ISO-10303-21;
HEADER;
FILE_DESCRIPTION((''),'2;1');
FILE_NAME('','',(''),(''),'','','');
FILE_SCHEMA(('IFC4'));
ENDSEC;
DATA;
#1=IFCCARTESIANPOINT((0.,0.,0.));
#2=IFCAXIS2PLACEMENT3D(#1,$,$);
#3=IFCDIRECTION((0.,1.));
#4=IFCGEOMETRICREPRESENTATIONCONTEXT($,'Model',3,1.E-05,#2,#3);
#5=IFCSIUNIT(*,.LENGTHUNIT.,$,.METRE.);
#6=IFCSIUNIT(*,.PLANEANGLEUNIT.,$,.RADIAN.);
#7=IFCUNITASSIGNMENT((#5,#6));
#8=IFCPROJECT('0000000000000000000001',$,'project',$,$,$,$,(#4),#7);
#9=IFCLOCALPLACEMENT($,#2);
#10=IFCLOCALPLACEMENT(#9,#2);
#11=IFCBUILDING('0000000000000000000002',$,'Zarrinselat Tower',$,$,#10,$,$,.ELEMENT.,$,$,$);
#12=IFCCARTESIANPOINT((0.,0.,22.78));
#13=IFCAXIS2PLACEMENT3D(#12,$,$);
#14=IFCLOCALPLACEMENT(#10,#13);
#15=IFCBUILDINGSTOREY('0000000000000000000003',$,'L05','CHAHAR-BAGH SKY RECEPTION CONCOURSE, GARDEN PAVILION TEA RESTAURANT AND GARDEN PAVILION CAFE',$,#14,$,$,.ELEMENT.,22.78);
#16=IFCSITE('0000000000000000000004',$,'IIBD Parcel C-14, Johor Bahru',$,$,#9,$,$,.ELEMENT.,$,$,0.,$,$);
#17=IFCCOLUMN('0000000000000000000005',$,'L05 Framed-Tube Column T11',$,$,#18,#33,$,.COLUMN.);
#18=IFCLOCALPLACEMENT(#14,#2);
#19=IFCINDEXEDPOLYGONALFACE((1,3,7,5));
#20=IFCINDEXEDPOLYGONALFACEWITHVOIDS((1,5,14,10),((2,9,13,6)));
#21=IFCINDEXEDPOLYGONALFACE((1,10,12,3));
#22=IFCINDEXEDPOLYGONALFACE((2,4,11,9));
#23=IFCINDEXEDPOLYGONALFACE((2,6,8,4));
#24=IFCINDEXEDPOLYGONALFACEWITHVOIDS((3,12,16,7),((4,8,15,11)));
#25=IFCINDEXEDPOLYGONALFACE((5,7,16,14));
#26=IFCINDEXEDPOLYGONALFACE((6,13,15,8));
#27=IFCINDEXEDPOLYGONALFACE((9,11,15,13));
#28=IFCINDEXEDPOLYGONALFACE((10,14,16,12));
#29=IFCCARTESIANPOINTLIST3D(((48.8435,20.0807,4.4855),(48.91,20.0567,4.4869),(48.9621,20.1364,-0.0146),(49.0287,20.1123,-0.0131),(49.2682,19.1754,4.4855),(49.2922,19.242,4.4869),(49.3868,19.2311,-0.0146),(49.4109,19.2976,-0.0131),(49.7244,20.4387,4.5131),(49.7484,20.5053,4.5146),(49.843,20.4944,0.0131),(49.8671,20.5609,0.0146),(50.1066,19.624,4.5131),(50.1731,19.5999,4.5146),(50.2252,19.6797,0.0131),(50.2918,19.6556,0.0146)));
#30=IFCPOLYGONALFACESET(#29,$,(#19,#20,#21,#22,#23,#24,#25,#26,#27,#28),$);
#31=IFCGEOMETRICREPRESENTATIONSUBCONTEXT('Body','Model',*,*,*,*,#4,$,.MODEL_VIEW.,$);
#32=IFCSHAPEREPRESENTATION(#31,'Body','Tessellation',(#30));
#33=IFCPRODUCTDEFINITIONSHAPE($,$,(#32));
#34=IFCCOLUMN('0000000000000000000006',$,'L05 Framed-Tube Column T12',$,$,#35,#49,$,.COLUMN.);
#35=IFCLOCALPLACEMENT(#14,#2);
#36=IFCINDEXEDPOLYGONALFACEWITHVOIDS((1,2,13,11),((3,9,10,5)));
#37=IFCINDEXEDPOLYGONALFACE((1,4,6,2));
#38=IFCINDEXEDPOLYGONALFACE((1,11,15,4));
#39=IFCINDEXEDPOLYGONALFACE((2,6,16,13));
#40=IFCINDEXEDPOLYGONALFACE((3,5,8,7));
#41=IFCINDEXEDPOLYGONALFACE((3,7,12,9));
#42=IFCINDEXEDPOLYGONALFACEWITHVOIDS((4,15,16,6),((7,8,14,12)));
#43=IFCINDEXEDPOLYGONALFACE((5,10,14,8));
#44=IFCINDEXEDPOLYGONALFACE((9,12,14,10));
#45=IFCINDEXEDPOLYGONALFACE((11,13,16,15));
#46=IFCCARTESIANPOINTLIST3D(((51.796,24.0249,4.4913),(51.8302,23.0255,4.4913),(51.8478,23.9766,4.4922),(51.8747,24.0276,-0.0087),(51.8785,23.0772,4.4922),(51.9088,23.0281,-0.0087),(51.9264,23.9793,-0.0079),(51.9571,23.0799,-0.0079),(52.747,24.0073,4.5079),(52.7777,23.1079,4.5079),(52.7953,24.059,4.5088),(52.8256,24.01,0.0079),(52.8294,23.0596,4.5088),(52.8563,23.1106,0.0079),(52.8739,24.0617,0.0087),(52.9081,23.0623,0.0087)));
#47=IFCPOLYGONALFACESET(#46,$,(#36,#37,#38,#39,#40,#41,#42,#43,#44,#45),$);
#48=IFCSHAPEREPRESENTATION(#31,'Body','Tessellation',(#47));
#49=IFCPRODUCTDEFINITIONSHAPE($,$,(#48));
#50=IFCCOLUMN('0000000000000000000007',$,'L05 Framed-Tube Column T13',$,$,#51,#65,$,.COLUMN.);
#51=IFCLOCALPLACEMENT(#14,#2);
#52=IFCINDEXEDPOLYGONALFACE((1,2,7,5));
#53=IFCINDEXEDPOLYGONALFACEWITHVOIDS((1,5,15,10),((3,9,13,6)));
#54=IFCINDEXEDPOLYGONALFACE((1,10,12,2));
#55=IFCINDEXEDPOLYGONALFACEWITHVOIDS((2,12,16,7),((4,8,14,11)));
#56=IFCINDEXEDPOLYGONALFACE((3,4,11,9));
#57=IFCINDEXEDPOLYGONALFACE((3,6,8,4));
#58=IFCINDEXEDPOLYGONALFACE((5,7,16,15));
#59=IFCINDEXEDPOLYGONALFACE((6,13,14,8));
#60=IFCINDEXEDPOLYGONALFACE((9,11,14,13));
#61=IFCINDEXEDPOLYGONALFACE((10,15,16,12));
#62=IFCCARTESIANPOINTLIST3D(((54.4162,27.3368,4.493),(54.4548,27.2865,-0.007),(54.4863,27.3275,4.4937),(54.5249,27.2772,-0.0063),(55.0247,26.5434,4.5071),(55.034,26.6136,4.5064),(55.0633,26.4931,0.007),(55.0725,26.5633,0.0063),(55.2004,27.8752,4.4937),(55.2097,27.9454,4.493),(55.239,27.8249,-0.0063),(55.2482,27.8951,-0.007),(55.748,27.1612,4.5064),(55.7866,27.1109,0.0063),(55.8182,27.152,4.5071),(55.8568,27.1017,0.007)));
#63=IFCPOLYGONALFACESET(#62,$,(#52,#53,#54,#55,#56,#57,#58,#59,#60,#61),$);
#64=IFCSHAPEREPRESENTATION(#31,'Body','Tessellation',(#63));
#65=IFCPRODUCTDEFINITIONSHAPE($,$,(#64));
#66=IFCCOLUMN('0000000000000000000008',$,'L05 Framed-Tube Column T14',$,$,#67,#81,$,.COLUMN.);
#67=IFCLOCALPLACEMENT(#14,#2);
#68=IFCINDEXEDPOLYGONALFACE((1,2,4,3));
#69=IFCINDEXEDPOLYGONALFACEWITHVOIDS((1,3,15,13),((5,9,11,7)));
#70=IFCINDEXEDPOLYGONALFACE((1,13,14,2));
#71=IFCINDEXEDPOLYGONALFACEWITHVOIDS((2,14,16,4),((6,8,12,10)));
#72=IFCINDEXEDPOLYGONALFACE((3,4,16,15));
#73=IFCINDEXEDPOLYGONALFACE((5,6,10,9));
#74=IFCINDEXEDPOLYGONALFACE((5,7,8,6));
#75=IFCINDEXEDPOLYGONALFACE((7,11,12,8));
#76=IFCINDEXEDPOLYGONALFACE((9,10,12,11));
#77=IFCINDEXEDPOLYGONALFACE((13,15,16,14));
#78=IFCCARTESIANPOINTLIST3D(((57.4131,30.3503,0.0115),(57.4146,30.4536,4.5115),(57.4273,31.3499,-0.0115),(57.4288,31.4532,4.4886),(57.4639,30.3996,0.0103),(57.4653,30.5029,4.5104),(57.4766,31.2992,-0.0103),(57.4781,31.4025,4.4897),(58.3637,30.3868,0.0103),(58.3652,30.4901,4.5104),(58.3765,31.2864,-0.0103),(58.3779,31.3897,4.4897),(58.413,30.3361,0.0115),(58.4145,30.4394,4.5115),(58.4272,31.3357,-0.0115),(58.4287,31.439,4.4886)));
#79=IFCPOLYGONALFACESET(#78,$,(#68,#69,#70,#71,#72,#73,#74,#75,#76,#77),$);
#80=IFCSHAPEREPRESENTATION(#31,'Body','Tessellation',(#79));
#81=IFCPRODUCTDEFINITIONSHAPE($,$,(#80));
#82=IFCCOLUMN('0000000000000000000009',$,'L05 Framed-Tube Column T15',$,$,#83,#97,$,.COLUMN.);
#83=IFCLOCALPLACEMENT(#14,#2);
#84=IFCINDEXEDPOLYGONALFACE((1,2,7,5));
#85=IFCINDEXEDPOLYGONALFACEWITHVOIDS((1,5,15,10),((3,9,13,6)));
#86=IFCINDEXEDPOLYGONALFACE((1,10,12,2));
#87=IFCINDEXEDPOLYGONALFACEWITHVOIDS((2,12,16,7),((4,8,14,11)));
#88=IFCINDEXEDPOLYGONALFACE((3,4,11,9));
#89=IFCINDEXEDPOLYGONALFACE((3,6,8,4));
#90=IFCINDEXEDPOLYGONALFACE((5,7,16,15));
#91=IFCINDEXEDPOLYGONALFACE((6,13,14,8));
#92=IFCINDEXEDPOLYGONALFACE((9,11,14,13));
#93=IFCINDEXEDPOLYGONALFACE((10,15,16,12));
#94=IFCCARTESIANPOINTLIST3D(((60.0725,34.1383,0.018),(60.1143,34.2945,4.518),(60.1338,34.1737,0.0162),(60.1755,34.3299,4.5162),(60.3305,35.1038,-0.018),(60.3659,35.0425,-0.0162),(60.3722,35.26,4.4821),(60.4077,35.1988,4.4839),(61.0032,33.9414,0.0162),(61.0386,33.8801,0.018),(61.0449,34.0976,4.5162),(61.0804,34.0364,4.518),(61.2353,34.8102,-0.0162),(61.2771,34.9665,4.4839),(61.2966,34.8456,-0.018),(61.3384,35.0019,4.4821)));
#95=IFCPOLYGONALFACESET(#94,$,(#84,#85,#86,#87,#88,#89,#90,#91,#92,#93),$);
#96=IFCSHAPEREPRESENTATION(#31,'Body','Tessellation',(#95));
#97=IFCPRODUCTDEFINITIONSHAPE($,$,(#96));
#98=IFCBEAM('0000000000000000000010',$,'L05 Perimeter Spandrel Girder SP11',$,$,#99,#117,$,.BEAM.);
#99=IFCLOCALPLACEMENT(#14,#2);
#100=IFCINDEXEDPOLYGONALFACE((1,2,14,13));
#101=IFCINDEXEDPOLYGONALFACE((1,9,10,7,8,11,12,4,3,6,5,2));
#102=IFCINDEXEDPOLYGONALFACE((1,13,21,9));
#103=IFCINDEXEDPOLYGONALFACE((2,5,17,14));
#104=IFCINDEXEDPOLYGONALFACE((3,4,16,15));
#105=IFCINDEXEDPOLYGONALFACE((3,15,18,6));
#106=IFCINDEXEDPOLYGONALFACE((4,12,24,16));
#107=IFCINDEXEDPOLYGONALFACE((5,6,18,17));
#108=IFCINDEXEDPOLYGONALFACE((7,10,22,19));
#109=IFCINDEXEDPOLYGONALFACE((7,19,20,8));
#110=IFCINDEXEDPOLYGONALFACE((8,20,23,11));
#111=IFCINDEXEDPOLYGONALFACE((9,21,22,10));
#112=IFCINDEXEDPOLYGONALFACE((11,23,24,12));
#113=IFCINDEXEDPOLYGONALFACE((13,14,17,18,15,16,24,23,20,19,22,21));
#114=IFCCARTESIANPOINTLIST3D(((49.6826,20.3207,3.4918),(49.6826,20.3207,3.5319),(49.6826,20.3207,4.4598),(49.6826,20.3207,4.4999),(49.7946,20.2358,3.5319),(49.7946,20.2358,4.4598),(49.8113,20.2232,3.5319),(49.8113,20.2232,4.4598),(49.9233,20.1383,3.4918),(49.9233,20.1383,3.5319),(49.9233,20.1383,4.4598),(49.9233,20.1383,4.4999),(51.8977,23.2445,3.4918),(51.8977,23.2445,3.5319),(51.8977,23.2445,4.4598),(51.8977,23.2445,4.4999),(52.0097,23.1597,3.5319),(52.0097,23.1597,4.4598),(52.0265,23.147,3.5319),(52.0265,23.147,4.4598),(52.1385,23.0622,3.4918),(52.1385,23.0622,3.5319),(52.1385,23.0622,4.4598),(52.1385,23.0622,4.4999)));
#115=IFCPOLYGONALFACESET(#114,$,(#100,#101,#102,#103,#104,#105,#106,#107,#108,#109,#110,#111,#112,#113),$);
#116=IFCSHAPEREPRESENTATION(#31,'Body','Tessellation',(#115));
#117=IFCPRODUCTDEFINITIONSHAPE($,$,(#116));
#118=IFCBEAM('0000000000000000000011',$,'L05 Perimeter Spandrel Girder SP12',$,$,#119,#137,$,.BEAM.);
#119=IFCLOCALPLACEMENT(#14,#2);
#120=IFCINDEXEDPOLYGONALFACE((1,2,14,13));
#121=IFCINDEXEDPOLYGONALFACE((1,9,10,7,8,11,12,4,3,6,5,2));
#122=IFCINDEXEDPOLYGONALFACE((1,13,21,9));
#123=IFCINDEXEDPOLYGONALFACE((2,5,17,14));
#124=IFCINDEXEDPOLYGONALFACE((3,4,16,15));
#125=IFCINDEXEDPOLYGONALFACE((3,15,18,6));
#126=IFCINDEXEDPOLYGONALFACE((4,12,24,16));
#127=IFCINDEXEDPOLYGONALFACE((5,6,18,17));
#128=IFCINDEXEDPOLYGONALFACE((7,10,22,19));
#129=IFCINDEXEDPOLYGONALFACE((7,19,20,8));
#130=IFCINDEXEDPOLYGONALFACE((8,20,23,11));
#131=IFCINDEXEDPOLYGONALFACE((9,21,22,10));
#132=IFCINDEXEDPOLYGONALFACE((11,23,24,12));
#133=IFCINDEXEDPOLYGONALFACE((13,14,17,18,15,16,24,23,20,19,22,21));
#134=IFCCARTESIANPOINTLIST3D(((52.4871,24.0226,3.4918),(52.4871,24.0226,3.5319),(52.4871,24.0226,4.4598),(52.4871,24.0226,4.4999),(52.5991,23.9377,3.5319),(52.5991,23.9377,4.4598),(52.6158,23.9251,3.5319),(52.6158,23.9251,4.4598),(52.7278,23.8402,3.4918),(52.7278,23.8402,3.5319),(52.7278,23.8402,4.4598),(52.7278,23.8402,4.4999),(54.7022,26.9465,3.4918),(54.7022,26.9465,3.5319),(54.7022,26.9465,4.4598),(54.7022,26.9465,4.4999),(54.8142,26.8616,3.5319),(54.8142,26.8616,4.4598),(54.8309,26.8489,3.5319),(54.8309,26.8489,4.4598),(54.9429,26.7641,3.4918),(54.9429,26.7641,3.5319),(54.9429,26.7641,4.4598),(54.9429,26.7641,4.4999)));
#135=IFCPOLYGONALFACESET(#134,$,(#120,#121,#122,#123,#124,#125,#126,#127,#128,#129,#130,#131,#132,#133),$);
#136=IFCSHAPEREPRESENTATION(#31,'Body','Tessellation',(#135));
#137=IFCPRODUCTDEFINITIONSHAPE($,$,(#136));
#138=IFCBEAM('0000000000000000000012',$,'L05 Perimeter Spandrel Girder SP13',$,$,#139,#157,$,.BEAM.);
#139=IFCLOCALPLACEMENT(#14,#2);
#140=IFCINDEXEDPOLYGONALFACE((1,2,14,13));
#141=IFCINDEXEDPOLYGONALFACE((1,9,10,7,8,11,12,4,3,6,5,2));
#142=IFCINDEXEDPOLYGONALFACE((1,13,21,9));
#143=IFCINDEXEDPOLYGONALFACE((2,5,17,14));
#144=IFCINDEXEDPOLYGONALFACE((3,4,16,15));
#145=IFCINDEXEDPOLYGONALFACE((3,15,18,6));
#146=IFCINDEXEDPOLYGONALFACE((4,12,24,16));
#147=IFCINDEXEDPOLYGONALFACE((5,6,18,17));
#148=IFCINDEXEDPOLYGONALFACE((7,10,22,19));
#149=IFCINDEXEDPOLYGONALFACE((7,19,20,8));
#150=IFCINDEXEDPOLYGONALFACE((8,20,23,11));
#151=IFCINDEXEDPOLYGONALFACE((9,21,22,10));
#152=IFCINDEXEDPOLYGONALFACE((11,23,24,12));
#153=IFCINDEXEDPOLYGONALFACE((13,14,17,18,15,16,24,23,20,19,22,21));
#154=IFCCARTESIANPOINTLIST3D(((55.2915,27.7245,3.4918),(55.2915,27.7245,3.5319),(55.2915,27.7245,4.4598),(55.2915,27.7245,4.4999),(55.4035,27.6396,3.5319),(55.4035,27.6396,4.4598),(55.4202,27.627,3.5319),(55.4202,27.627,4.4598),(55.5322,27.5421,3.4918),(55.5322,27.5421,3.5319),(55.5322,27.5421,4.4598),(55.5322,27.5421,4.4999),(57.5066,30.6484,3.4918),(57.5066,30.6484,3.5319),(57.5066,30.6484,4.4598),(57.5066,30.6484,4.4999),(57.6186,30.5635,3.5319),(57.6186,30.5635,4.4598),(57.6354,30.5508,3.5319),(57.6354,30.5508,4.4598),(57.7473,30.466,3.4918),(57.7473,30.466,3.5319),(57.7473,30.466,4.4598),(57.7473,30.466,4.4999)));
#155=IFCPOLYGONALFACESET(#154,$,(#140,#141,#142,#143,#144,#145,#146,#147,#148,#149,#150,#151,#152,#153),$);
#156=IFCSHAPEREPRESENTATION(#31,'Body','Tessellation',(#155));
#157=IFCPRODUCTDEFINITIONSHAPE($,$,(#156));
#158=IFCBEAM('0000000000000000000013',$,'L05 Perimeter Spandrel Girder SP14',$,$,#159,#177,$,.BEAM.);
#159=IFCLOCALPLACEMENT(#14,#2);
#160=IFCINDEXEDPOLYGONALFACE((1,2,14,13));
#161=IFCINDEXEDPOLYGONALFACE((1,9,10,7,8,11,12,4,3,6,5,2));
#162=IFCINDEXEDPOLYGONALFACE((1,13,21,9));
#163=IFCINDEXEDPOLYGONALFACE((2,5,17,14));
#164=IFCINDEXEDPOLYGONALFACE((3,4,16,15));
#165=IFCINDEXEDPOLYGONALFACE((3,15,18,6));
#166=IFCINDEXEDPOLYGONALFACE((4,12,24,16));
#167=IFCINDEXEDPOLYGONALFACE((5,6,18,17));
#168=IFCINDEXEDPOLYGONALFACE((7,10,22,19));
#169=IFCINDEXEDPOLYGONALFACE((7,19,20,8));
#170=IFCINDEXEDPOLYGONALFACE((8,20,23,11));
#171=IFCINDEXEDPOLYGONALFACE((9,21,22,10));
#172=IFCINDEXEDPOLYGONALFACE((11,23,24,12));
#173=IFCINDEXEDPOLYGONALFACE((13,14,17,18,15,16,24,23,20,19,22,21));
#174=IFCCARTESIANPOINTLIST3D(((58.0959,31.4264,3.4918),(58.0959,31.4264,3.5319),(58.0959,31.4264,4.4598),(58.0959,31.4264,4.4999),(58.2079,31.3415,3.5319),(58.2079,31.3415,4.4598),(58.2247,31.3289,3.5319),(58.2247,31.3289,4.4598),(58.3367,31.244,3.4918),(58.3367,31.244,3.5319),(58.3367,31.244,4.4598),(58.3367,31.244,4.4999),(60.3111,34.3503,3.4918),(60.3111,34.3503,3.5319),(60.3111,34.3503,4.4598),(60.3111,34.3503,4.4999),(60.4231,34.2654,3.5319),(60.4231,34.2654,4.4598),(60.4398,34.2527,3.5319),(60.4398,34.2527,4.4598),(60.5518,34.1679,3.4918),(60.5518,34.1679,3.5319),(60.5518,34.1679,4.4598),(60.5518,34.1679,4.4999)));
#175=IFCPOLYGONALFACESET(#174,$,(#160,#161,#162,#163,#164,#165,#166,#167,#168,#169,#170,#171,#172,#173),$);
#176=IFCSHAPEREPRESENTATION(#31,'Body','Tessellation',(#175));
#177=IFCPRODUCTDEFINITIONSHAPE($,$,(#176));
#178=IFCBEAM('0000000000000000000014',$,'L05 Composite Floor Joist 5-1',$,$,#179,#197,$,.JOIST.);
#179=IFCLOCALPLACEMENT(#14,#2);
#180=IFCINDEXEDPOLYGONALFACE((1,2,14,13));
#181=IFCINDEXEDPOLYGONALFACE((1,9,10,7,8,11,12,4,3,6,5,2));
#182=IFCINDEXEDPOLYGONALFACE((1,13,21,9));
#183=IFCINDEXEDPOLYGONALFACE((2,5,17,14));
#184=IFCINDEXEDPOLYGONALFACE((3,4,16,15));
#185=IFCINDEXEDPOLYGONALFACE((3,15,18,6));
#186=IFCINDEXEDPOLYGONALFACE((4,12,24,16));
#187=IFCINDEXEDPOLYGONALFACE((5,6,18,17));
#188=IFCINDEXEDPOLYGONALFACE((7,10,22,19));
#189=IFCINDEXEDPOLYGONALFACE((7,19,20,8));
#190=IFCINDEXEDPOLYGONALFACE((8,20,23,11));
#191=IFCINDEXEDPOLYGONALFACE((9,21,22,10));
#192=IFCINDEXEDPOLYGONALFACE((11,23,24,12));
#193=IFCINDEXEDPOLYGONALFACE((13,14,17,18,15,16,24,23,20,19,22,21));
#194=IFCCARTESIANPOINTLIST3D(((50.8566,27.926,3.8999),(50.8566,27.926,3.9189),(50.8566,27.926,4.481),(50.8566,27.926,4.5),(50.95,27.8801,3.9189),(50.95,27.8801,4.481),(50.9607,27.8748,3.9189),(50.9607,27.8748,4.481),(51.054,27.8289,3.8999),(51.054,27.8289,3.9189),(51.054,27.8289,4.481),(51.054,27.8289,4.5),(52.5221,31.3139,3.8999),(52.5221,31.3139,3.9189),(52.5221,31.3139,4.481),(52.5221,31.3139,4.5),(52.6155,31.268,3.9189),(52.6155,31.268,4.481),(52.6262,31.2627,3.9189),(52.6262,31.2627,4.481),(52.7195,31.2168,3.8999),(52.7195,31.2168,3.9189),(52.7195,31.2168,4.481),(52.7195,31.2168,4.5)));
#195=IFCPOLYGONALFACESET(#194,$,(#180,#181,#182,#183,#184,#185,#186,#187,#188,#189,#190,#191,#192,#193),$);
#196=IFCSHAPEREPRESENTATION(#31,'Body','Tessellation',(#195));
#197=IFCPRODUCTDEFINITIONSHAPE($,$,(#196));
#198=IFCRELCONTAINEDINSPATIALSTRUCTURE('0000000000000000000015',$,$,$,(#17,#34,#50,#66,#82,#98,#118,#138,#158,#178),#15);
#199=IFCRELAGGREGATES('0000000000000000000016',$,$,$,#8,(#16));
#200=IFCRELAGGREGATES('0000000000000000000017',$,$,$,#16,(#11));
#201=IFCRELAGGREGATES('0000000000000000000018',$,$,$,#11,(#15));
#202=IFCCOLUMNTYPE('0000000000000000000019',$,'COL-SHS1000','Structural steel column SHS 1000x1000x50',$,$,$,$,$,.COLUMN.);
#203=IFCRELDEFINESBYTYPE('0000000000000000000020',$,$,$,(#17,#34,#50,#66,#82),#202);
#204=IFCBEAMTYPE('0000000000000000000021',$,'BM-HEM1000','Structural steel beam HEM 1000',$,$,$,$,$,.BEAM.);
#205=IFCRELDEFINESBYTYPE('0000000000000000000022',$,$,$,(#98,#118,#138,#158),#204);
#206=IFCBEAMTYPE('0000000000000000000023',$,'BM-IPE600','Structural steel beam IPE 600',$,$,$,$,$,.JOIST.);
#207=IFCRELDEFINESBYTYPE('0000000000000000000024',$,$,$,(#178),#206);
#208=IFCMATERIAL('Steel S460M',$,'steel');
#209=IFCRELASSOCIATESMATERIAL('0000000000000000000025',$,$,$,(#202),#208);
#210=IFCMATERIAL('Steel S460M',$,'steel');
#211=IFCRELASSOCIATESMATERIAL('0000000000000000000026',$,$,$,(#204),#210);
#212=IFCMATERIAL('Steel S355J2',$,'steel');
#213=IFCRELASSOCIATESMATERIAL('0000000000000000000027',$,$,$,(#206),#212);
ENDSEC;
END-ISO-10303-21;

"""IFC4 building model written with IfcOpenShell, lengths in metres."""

from ifc_helpers import new_model, si_unit, direction, frame, origin, origin_2d, place, context, subcontext, project, spatial, hollow_rectangle, i_section, extrude, material, material_profile, profile_set, type_object, element, save


model = new_model("IFC4")

# Units and contexts
model_context = context("Model", 3, precision=1e-05, world=origin(), true_north=direction((0.0, 1.0)))
body_context = subcontext(model_context, "Body", "Model", "MODEL_VIEW")
ifc_project = project(units=[si_unit("LENGTHUNIT", "METRE"), si_unit("PLANEANGLEUNIT", "RADIAN")], contexts=[model_context])

# Site, building, storey
site_placement = place(None, origin())
site = spatial("IfcSite", under=ifc_project, at=site_placement, Name="IIBD Parcel C-14, Johor Bahru", CompositionType="ELEMENT", RefElevation=0.0)
building_placement = place(site_placement, origin())
building = spatial("IfcBuilding", under=site, at=building_placement, Name="Zarrinselat Tower", CompositionType="ELEMENT")
storey_placement = place(building_placement, frame((0.0, 0.0, 22.78)))
storey = spatial("IfcBuildingStorey", under=building, at=storey_placement, Name="L05", Description="CHAHAR-BAGH SKY RECEPTION CONCOURSE, GARDEN PAVILION TEA RESTAURANT AND GARDEN PAVILION CAFE", CompositionType="ELEMENT", Elevation=22.78)

# Columns
ifc_material_1 = material(Name="Steel S460M", Category="steel")
ifc_material_profile_1 = material_profile(ifc_material_1, hollow_rectangle(XDim=1.0, YDim=1.0, WallThickness=0.05, at=origin_2d()), Name="SHS 1000x1000x50")
ifc_profile_set_1 = profile_set([ifc_material_profile_1], Name="Steel S460M")
column_type = type_object("IfcColumnType", Name="COL-SHS1000", Description="Structural steel column SHS 1000x1000x50", PredefinedType="COLUMN", material=ifc_profile_set_1)
column_1_placement = place(storey_placement, frame((49.627, 19.896, 0.0), z_axis=(-0.026356, -0.012365, 0.999576), x_axis=(0.42472, -0.905325, 0.0)))
element("IfcColumn", 1, at=column_1_placement, inside=storey, type_object=column_type, Name="L05 Framed-Tube Column T11", PredefinedType="COLUMN", context=body_context, shape_type="SweptSolid", body=[
    extrude(hollow_rectangle(XDim=1.0, YDim=1.0, WallThickness=0.05, at=origin_2d()), origin(), (0.0, 0.0, 1.0), 4.502),
])
column_2_placement = place(storey_placement, frame((52.3914, 23.5449, 0.0), z_axis=(-0.017467, -0.000597, 0.999847), x_axis=(0.034142, -0.999417, 0.0)))
element("IfcColumn", 2, at=column_2_placement, inside=storey, type_object=column_type, Name="L05 Framed-Tube Column T12", PredefinedType="COLUMN", context=body_context, shape_type="SweptSolid", body=[
    extrude(hollow_rectangle(XDim=1.0, YDim=1.0, WallThickness=0.05, at=origin_2d()), origin(), (0.0, 0.0, 1.0), 4.5007),
])
column_3_placement = place(storey_placement, frame((55.1558, 27.1941, 0.0), z_axis=(-0.008571, 0.011175, 0.999901), x_axis=(-0.793482, -0.608593, 0.0)))
element("IfcColumn", 3, at=column_3_placement, inside=storey, type_object=column_type, Name="L05 Framed-Tube Column T13", PredefinedType="COLUMN", context=body_context, shape_type="SweptSolid", body=[
    extrude(hollow_rectangle(XDim=1.0, YDim=1.0, WallThickness=0.05, at=origin_2d()), origin(), (0.0, 0.0, 1.0), 4.5005),
])
column_4_placement = place(storey_placement, frame((57.9202, 30.843, 0.0), z_axis=(0.000325, 0.022943, 0.999737), x_axis=(-0.999899, 0.014183, 0.0)))
element("IfcColumn", 4, at=column_4_placement, inside=storey, type_object=column_type, Name="L05 Framed-Tube Column T14", PredefinedType="COLUMN", context=body_context, shape_type="SweptSolid", body=[
    extrude(hollow_rectangle(XDim=1.0, YDim=1.0, WallThickness=0.05, at=origin_2d()), origin(), (0.0, 0.0, 1.0), 4.5012),
])
column_5_placement = place(storey_placement, frame((60.6846, 34.4919, 0.0), z_axis=(0.009271, 0.0347, 0.999355), x_axis=(-0.96611, 0.258132, 0.0)))
element("IfcColumn", 5, at=column_5_placement, inside=storey, type_object=column_type, Name="L05 Framed-Tube Column T15", PredefinedType="COLUMN", context=body_context, shape_type="SweptSolid", body=[
    extrude(hollow_rectangle(XDim=1.0, YDim=1.0, WallThickness=0.05, at=origin_2d()), origin(), (0.0, 0.0, 1.0), 4.5029),
])

# Beams
ifc_material_2 = material(Name="Steel S460M", Category="steel")
ifc_material_profile_2 = material_profile(ifc_material_2, i_section(OverallWidth=0.302, OverallDepth=1.0081, WebThickness=0.021, FlangeThickness=0.04, at=origin_2d()), Name="HEM 1000")
ifc_profile_set_2 = profile_set([ifc_material_profile_2], Name="Steel S460M")
beam_type_1 = type_object("IfcBeamType", Name="BM-HEM1000", Description="Structural steel beam HEM 1000", PredefinedType="BEAM", material=ifc_profile_set_2)
for number, where, z_axis, x_axis, name in (
    (6, (49.803, 20.2295, 3.9958), (0.603869, 0.797083, 0.0), (-0.797083, 0.603869, 0.0), "L05 Perimeter Spandrel Girder SP11"),
    (7, (52.6074, 23.9314, 3.9958), (0.603869, 0.797083, 0.0), (-0.797083, 0.603869, 0.0), "L05 Perimeter Spandrel Girder SP12"),
    (8, (55.4119, 27.6333, 3.9958), (0.603869, 0.797083, 0.0), (-0.797083, 0.603869, 0.0), "L05 Perimeter Spandrel Girder SP13"),
    (9, (58.2163, 31.3352, 3.9958), (0.603869, 0.797083, 0.0), (-0.797083, 0.603869, 0.0), "L05 Perimeter Spandrel Girder SP14"),
):
    element("IfcBeam", number, at=place(storey_placement, frame(where, z_axis=z_axis, x_axis=x_axis)), inside=storey, type_object=beam_type_1, Name=name, PredefinedType="BEAM", context=body_context, shape_type="SweptSolid", body=[
        extrude(i_section(OverallWidth=0.302, OverallDepth=1.0081, WebThickness=0.021, FlangeThickness=0.04, at=origin_2d()), origin(), (0.0, 0.0, 1.0), 3.6682),
    ])
ifc_material_3 = material(Name="Steel S355J2", Category="steel")
ifc_material_profile_3 = material_profile(ifc_material_3, i_section(OverallWidth=0.22, OverallDepth=0.6001, WebThickness=0.012, FlangeThickness=0.019, at=origin_2d()), Name="IPE 600")
ifc_profile_set_3 = profile_set([ifc_material_profile_3], Name="Steel S355J2")
beam_type_2 = type_object("IfcBeamType", Name="BM-IPE600", Description="Structural steel beam IPE 600", PredefinedType="JOIST", material=ifc_profile_set_3)
beam_1_placement = place(storey_placement, frame((50.9553, 27.8774, 4.2), z_axis=(0.441176, 0.89742, 0.0), x_axis=(-0.89742, 0.441176, 0.0)))
element("IfcBeam", 10, at=beam_1_placement, inside=storey, type_object=beam_type_2, Name="L05 Composite Floor Joist 5-1", PredefinedType="JOIST", context=body_context, shape_type="SweptSolid", body=[
    extrude(i_section(OverallWidth=0.22, OverallDepth=0.6001, WebThickness=0.012, FlangeThickness=0.019, at=origin_2d()), origin(), (0.0, 0.0, 1.0), 3.7751),
])

save(model, "model.ifc")
